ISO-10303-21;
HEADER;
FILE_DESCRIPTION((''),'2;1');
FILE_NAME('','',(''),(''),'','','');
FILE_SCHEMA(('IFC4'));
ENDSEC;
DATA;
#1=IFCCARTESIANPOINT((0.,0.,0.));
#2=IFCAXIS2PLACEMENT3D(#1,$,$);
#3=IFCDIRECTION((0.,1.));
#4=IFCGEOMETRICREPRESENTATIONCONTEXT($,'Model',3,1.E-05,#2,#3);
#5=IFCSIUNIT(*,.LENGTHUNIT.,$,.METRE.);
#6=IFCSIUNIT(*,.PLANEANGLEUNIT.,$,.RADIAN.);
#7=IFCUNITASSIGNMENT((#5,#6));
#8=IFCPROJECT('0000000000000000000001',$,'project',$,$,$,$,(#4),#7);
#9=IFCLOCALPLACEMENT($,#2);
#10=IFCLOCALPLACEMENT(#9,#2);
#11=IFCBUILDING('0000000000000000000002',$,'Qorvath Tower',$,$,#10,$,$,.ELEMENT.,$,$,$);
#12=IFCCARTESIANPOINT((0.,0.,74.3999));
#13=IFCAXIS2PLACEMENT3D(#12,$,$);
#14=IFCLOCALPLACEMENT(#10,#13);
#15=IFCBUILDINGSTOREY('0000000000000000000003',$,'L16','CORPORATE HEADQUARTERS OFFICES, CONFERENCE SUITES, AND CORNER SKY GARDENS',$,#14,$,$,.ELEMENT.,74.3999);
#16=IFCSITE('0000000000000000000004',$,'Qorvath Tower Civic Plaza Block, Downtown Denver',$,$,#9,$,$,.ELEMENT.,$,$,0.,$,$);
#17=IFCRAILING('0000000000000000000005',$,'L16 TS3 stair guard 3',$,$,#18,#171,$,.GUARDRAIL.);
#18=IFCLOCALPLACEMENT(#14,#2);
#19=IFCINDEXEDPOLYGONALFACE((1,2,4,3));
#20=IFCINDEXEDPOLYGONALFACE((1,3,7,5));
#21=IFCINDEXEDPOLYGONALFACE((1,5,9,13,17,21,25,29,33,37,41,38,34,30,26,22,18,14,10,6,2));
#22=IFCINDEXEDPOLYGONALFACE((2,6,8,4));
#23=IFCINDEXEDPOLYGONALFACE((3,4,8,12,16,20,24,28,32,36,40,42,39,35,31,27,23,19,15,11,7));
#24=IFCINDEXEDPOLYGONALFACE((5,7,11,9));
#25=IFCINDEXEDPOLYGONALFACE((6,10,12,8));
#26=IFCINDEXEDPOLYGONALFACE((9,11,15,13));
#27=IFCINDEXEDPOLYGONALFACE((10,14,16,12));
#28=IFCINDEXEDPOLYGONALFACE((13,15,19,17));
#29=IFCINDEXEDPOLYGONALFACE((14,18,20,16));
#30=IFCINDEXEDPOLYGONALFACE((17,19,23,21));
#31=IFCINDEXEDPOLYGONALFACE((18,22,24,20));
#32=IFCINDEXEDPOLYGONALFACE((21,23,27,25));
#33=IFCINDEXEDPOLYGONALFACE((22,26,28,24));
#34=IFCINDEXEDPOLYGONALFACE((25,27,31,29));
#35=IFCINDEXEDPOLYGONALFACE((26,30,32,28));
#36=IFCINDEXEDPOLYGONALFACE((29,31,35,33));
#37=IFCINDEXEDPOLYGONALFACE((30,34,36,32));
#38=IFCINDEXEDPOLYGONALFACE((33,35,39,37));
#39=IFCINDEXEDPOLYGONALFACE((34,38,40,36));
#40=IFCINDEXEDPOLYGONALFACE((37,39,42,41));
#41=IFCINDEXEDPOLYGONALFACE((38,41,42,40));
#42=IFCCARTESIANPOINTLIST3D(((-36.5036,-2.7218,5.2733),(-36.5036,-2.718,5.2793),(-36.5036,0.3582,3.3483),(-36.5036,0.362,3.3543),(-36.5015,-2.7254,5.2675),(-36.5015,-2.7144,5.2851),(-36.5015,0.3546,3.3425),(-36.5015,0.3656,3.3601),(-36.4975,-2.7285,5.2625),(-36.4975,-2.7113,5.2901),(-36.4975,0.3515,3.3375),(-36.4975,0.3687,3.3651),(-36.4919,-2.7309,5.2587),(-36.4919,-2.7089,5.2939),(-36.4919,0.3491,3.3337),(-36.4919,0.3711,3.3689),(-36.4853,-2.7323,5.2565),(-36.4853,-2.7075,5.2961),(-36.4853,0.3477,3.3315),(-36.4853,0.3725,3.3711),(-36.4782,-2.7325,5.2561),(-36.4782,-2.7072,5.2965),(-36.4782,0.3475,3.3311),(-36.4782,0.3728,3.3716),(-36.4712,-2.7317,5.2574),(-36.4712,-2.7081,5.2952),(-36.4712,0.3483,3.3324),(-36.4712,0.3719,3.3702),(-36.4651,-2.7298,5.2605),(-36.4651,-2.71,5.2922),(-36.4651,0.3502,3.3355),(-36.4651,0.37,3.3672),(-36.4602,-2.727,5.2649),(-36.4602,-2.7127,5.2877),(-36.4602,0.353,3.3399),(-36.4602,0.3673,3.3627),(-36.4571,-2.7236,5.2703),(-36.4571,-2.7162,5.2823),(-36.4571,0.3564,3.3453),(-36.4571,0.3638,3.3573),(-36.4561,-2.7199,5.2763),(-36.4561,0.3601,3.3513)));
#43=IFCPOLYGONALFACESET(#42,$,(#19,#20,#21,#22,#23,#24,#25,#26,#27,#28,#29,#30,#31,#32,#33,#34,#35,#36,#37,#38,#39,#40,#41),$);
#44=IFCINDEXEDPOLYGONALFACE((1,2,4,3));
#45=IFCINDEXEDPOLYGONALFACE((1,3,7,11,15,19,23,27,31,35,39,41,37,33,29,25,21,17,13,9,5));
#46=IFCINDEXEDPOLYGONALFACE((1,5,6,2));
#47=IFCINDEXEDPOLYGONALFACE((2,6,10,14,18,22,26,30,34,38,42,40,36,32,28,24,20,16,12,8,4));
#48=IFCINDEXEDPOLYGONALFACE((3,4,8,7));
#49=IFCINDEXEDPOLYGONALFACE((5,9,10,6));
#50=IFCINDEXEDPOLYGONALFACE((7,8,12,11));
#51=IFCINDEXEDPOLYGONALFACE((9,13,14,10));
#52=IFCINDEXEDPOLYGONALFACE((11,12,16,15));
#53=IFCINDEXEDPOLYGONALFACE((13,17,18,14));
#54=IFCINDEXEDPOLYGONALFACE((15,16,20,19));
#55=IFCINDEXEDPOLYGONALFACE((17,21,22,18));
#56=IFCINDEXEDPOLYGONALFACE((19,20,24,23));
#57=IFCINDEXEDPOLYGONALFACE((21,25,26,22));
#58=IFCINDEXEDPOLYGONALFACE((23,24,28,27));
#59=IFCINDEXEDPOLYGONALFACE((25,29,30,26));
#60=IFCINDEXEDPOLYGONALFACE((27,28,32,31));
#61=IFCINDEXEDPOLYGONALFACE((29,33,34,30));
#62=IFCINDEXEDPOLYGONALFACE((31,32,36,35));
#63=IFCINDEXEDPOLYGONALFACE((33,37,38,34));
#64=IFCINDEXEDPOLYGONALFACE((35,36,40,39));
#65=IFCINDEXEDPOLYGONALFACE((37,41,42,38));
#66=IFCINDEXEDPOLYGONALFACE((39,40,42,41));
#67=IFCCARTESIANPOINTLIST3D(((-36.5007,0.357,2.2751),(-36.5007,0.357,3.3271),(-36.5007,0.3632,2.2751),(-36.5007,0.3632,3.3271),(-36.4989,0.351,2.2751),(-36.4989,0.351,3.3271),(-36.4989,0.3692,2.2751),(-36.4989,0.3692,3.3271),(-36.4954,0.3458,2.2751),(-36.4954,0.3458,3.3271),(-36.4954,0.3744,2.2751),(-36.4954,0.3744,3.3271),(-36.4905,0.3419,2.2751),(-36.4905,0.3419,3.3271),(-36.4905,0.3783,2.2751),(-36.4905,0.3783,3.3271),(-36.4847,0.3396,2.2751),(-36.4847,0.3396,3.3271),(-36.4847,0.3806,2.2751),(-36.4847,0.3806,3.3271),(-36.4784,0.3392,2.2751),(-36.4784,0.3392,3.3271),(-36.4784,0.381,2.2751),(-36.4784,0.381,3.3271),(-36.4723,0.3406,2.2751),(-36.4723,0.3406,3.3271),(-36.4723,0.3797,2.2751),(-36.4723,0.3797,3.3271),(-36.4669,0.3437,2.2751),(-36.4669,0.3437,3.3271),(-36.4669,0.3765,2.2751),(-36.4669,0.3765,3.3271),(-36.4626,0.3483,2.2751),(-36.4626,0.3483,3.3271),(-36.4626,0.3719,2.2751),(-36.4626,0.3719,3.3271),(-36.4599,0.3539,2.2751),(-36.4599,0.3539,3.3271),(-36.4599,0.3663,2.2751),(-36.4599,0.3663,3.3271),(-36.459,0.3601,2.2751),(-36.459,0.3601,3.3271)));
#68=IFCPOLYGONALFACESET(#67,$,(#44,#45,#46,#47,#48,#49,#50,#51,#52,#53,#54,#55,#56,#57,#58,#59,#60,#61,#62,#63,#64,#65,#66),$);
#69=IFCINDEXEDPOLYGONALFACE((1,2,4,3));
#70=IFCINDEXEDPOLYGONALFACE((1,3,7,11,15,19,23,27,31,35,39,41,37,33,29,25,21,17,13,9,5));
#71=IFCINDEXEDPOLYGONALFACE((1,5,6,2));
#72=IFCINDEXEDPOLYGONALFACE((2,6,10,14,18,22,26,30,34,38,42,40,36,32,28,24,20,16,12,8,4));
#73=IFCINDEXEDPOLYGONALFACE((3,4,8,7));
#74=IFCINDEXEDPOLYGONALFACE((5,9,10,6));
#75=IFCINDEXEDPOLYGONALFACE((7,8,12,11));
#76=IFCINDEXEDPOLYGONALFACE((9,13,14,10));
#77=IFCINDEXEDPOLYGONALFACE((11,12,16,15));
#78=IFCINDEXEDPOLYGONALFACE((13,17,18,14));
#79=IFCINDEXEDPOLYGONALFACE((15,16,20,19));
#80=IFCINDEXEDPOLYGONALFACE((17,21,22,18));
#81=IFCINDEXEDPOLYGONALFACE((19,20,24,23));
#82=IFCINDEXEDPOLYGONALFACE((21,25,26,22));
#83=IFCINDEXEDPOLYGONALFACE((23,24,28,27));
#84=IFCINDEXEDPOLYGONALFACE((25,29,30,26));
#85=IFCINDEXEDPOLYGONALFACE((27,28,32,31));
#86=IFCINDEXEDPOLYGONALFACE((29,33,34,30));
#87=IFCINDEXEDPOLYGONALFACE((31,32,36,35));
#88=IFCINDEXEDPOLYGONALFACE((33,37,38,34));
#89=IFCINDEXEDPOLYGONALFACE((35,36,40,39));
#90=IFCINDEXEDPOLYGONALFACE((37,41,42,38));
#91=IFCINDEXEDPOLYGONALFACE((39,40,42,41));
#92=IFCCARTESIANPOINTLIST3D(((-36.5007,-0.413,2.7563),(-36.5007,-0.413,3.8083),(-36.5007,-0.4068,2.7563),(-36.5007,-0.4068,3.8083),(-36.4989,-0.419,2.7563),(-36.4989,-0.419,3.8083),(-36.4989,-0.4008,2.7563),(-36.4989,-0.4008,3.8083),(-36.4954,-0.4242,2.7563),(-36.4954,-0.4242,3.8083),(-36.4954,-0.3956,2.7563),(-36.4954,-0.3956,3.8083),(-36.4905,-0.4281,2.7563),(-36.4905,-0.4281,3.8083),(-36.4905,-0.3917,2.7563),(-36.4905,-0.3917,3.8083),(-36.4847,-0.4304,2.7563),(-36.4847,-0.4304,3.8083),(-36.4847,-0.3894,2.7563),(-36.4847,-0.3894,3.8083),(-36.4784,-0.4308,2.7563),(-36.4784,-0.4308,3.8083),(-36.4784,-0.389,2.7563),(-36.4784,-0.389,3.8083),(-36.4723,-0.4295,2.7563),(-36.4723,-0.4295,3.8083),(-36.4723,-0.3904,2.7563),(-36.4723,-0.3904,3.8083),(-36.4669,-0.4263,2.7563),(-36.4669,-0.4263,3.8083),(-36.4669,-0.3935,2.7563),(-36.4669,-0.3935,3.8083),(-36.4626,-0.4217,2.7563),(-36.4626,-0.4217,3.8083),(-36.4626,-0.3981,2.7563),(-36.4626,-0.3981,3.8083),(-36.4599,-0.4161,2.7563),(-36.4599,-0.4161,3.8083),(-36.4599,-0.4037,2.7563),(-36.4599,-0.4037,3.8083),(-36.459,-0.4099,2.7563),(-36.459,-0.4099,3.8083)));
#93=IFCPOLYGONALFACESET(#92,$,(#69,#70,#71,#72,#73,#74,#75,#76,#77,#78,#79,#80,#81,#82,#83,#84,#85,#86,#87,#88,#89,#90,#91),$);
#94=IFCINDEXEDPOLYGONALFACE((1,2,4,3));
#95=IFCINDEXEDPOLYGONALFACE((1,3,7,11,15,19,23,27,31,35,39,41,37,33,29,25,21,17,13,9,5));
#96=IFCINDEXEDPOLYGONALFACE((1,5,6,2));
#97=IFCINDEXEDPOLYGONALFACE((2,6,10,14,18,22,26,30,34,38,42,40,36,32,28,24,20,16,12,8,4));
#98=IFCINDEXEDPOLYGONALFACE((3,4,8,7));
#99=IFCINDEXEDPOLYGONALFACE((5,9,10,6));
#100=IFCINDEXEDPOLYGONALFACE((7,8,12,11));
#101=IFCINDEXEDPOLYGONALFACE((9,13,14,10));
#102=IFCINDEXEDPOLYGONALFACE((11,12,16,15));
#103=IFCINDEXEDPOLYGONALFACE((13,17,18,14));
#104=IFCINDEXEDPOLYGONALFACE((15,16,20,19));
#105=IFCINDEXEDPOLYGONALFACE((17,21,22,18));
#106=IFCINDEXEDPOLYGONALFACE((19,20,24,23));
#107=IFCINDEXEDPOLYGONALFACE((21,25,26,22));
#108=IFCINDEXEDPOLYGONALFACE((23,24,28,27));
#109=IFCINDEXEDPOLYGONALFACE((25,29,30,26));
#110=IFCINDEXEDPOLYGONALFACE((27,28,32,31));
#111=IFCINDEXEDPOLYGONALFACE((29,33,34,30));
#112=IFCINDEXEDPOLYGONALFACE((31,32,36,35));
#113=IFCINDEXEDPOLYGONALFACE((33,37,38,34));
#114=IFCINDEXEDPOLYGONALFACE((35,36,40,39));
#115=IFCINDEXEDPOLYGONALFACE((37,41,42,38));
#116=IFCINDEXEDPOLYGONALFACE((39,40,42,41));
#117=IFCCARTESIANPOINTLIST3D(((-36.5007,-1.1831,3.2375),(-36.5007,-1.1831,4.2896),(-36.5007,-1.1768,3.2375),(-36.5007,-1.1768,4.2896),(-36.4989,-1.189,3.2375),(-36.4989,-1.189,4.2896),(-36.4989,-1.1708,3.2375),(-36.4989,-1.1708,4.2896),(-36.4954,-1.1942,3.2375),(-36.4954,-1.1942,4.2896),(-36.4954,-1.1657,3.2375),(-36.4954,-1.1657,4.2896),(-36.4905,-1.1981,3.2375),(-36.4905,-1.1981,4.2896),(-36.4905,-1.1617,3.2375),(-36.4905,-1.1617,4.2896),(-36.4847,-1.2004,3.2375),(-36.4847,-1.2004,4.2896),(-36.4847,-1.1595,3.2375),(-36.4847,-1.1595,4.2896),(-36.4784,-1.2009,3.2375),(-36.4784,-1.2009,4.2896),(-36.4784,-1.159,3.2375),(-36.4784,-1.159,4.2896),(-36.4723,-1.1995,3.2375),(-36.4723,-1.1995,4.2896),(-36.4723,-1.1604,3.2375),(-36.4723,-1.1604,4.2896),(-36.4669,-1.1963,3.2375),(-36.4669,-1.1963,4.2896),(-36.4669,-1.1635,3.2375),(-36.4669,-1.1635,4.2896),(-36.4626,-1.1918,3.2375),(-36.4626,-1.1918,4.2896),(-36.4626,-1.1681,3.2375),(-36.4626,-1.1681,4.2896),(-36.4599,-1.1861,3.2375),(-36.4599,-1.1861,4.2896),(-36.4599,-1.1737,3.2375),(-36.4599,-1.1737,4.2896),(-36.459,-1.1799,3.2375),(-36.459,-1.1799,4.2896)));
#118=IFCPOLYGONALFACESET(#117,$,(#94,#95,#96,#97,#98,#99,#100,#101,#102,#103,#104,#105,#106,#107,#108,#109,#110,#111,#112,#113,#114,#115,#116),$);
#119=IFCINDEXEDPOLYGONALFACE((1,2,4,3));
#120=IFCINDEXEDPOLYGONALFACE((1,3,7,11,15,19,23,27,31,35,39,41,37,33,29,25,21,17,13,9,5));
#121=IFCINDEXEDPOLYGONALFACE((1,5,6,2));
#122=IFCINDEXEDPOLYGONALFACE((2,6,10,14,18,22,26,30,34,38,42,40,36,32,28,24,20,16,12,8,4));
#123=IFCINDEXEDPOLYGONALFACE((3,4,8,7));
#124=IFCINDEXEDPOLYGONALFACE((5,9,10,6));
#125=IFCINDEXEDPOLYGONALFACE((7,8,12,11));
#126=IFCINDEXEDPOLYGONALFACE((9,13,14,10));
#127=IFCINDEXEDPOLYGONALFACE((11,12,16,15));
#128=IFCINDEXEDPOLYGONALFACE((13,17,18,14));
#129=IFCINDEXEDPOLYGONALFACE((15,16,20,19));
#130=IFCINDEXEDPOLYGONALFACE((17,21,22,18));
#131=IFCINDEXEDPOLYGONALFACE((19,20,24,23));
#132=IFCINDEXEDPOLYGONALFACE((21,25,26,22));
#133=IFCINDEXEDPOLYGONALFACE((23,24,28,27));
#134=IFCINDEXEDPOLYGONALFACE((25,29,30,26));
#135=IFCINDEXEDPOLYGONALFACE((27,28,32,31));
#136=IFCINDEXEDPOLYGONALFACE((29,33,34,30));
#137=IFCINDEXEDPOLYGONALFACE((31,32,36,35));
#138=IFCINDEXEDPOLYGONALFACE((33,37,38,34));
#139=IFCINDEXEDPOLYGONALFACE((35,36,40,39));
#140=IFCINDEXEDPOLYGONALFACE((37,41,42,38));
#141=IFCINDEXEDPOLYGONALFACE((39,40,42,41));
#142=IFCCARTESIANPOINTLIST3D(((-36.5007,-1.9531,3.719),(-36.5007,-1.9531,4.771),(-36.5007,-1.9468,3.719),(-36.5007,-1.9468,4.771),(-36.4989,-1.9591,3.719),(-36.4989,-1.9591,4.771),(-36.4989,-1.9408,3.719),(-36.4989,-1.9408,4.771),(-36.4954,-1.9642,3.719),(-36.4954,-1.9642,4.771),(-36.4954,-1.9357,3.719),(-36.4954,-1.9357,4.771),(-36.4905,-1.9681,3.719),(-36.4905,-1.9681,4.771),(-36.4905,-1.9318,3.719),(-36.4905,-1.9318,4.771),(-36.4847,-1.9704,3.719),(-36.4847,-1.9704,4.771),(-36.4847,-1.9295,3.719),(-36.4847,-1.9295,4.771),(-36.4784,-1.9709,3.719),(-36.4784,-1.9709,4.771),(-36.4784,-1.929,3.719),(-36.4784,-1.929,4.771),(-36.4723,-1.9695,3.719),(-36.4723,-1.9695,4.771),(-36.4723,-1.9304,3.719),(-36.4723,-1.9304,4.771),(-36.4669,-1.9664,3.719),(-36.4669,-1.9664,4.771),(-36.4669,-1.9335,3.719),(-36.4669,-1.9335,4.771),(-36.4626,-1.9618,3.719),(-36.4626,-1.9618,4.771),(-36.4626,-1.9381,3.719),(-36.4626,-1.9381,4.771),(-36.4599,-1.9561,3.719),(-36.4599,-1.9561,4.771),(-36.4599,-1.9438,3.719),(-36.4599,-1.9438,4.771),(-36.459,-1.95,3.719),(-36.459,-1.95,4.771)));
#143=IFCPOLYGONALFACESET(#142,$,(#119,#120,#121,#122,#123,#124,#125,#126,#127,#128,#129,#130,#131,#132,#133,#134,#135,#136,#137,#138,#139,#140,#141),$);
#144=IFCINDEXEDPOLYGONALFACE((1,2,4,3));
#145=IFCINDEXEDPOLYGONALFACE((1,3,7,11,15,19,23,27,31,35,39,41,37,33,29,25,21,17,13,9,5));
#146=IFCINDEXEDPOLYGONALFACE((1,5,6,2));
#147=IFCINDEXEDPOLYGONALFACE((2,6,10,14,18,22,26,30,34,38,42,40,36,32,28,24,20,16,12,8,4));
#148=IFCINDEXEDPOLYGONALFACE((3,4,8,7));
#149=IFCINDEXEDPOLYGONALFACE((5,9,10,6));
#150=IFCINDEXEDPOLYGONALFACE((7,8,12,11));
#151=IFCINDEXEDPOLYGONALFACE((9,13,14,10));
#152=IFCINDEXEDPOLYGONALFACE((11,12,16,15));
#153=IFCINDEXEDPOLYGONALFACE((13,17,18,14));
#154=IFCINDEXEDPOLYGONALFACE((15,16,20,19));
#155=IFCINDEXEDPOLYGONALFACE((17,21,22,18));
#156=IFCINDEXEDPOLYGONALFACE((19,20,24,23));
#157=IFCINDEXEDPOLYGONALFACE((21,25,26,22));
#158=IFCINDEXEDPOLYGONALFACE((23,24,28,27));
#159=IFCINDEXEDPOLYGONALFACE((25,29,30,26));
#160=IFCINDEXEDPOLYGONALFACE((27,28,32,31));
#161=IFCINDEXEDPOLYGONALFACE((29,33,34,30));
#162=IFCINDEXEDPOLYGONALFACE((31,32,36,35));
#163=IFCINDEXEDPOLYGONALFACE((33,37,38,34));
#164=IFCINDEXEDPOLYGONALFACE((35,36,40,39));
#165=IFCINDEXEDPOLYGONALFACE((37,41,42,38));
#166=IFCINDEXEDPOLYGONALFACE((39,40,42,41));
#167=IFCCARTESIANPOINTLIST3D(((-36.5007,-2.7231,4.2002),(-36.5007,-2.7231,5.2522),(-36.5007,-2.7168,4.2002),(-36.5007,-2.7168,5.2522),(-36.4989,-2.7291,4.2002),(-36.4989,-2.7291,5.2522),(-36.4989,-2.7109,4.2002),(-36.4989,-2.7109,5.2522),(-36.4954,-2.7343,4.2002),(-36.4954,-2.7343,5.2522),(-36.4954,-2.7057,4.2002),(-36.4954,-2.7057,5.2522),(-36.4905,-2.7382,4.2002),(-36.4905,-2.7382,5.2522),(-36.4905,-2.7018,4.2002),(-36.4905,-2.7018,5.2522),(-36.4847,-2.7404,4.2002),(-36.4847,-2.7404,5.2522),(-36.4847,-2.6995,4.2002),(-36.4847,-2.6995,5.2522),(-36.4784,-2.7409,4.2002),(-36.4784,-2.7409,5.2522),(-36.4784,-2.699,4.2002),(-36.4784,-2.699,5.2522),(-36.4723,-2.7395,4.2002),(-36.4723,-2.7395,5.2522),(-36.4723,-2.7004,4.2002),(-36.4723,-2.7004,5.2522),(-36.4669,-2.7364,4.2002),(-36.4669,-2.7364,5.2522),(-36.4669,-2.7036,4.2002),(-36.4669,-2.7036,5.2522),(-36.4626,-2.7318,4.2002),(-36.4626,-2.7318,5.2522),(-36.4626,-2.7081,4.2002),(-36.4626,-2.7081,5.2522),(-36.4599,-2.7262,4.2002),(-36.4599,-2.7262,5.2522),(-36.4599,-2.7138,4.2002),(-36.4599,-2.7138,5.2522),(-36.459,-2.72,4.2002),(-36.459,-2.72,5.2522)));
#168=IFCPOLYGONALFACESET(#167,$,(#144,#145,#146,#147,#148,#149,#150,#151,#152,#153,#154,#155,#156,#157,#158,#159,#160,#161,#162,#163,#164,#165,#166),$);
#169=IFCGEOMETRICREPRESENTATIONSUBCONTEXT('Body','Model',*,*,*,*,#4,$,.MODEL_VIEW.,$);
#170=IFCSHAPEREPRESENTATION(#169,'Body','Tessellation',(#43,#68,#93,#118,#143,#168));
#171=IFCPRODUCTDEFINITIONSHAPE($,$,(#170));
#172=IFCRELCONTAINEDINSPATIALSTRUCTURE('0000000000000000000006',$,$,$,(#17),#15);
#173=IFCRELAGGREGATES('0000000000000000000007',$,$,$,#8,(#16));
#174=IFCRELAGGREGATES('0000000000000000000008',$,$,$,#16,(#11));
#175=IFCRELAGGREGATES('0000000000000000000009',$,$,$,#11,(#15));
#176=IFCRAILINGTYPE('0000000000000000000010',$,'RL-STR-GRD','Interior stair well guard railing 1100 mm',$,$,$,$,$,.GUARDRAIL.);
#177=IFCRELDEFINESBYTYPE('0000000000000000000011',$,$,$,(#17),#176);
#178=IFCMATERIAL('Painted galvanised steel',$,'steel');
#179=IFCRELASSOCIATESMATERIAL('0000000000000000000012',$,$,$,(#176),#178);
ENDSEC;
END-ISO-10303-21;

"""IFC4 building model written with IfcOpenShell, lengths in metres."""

from ifc_helpers import new_model, si_unit, direction, frame, origin, origin_2d, place, context, subcontext, project, spatial, circle, extrude, material, type_object, element, save


model = new_model("IFC4")

# Units and contexts
model_context = context("Model", 3, precision=1e-05, world=origin(), true_north=direction((0.0, 1.0)))
body_context = subcontext(model_context, "Body", "Model", "MODEL_VIEW")
ifc_project = project(units=[si_unit("LENGTHUNIT", "METRE"), si_unit("PLANEANGLEUNIT", "RADIAN")], contexts=[model_context])

# Site, building, storey
site_placement = place(None, origin())
site = spatial("IfcSite", under=ifc_project, at=site_placement, Name="Qorvath Tower Civic Plaza Block, Downtown Denver", CompositionType="ELEMENT", RefElevation=0.0)
building_placement = place(site_placement, origin())
building = spatial("IfcBuilding", under=site, at=building_placement, Name="Qorvath Tower", CompositionType="ELEMENT")
storey_placement = place(building_placement, frame((0.0, 0.0, 74.3999)))
storey = spatial("IfcBuildingStorey", under=building, at=storey_placement, Name="L16", Description="CORPORATE HEADQUARTERS OFFICES, CONFERENCE SUITES, AND CORNER SKY GARDENS", CompositionType="ELEMENT", Elevation=74.3999)

# Railing
ifc_material_1 = material(Name="Painted galvanised steel", Category="steel")
railing_type_1 = type_object("IfcRailingType", Name="RL-STR-GRD", Description="Interior stair well guard railing 1100 mm", PredefinedType="GUARDRAIL", material=ifc_material_1)
railing_1_placement = place(storey_placement, frame((-36.48, 0.3601, 2.2751)))
element("IfcRailing", 1, at=railing_1_placement, inside=storey, type_object=railing_type_1, Name="L16 TS3 stair guard 3", PredefinedType="GUARDRAIL", context=body_context, shape_type="SweptSolid", body=[
    extrude(circle(Radius=0.0239, at=origin_2d()), frame((0.0, 0.0, 1.0762), z_axis=(0.0, -0.847998, 0.529999), x_axis=(1.0, 0.0, 0.0)), (0.0, 0.0, 1.0), 3.6321),
    extrude(circle(Radius=0.021, at=origin_2d()), origin(), (0.0, 0.0, 1.0), 1.052),
    extrude(circle(Radius=0.021, at=origin_2d()), frame((0.0, -0.77, 0.4812)), (0.0, 0.0, 1.0), 1.052),
    extrude(circle(Radius=0.021, at=origin_2d()), frame((0.0, -1.54, 0.9624)), (0.0, 0.0, 1.0), 1.052),
    extrude(circle(Radius=0.021, at=origin_2d()), frame((0.0, -2.3101, 1.4438)), (0.0, 0.0, 1.0), 1.052),
    extrude(circle(Radius=0.021, at=origin_2d()), frame((0.0, -3.0801, 1.925)), (0.0, 0.0, 1.0), 1.052),
])

save(model, "model.ifc")
